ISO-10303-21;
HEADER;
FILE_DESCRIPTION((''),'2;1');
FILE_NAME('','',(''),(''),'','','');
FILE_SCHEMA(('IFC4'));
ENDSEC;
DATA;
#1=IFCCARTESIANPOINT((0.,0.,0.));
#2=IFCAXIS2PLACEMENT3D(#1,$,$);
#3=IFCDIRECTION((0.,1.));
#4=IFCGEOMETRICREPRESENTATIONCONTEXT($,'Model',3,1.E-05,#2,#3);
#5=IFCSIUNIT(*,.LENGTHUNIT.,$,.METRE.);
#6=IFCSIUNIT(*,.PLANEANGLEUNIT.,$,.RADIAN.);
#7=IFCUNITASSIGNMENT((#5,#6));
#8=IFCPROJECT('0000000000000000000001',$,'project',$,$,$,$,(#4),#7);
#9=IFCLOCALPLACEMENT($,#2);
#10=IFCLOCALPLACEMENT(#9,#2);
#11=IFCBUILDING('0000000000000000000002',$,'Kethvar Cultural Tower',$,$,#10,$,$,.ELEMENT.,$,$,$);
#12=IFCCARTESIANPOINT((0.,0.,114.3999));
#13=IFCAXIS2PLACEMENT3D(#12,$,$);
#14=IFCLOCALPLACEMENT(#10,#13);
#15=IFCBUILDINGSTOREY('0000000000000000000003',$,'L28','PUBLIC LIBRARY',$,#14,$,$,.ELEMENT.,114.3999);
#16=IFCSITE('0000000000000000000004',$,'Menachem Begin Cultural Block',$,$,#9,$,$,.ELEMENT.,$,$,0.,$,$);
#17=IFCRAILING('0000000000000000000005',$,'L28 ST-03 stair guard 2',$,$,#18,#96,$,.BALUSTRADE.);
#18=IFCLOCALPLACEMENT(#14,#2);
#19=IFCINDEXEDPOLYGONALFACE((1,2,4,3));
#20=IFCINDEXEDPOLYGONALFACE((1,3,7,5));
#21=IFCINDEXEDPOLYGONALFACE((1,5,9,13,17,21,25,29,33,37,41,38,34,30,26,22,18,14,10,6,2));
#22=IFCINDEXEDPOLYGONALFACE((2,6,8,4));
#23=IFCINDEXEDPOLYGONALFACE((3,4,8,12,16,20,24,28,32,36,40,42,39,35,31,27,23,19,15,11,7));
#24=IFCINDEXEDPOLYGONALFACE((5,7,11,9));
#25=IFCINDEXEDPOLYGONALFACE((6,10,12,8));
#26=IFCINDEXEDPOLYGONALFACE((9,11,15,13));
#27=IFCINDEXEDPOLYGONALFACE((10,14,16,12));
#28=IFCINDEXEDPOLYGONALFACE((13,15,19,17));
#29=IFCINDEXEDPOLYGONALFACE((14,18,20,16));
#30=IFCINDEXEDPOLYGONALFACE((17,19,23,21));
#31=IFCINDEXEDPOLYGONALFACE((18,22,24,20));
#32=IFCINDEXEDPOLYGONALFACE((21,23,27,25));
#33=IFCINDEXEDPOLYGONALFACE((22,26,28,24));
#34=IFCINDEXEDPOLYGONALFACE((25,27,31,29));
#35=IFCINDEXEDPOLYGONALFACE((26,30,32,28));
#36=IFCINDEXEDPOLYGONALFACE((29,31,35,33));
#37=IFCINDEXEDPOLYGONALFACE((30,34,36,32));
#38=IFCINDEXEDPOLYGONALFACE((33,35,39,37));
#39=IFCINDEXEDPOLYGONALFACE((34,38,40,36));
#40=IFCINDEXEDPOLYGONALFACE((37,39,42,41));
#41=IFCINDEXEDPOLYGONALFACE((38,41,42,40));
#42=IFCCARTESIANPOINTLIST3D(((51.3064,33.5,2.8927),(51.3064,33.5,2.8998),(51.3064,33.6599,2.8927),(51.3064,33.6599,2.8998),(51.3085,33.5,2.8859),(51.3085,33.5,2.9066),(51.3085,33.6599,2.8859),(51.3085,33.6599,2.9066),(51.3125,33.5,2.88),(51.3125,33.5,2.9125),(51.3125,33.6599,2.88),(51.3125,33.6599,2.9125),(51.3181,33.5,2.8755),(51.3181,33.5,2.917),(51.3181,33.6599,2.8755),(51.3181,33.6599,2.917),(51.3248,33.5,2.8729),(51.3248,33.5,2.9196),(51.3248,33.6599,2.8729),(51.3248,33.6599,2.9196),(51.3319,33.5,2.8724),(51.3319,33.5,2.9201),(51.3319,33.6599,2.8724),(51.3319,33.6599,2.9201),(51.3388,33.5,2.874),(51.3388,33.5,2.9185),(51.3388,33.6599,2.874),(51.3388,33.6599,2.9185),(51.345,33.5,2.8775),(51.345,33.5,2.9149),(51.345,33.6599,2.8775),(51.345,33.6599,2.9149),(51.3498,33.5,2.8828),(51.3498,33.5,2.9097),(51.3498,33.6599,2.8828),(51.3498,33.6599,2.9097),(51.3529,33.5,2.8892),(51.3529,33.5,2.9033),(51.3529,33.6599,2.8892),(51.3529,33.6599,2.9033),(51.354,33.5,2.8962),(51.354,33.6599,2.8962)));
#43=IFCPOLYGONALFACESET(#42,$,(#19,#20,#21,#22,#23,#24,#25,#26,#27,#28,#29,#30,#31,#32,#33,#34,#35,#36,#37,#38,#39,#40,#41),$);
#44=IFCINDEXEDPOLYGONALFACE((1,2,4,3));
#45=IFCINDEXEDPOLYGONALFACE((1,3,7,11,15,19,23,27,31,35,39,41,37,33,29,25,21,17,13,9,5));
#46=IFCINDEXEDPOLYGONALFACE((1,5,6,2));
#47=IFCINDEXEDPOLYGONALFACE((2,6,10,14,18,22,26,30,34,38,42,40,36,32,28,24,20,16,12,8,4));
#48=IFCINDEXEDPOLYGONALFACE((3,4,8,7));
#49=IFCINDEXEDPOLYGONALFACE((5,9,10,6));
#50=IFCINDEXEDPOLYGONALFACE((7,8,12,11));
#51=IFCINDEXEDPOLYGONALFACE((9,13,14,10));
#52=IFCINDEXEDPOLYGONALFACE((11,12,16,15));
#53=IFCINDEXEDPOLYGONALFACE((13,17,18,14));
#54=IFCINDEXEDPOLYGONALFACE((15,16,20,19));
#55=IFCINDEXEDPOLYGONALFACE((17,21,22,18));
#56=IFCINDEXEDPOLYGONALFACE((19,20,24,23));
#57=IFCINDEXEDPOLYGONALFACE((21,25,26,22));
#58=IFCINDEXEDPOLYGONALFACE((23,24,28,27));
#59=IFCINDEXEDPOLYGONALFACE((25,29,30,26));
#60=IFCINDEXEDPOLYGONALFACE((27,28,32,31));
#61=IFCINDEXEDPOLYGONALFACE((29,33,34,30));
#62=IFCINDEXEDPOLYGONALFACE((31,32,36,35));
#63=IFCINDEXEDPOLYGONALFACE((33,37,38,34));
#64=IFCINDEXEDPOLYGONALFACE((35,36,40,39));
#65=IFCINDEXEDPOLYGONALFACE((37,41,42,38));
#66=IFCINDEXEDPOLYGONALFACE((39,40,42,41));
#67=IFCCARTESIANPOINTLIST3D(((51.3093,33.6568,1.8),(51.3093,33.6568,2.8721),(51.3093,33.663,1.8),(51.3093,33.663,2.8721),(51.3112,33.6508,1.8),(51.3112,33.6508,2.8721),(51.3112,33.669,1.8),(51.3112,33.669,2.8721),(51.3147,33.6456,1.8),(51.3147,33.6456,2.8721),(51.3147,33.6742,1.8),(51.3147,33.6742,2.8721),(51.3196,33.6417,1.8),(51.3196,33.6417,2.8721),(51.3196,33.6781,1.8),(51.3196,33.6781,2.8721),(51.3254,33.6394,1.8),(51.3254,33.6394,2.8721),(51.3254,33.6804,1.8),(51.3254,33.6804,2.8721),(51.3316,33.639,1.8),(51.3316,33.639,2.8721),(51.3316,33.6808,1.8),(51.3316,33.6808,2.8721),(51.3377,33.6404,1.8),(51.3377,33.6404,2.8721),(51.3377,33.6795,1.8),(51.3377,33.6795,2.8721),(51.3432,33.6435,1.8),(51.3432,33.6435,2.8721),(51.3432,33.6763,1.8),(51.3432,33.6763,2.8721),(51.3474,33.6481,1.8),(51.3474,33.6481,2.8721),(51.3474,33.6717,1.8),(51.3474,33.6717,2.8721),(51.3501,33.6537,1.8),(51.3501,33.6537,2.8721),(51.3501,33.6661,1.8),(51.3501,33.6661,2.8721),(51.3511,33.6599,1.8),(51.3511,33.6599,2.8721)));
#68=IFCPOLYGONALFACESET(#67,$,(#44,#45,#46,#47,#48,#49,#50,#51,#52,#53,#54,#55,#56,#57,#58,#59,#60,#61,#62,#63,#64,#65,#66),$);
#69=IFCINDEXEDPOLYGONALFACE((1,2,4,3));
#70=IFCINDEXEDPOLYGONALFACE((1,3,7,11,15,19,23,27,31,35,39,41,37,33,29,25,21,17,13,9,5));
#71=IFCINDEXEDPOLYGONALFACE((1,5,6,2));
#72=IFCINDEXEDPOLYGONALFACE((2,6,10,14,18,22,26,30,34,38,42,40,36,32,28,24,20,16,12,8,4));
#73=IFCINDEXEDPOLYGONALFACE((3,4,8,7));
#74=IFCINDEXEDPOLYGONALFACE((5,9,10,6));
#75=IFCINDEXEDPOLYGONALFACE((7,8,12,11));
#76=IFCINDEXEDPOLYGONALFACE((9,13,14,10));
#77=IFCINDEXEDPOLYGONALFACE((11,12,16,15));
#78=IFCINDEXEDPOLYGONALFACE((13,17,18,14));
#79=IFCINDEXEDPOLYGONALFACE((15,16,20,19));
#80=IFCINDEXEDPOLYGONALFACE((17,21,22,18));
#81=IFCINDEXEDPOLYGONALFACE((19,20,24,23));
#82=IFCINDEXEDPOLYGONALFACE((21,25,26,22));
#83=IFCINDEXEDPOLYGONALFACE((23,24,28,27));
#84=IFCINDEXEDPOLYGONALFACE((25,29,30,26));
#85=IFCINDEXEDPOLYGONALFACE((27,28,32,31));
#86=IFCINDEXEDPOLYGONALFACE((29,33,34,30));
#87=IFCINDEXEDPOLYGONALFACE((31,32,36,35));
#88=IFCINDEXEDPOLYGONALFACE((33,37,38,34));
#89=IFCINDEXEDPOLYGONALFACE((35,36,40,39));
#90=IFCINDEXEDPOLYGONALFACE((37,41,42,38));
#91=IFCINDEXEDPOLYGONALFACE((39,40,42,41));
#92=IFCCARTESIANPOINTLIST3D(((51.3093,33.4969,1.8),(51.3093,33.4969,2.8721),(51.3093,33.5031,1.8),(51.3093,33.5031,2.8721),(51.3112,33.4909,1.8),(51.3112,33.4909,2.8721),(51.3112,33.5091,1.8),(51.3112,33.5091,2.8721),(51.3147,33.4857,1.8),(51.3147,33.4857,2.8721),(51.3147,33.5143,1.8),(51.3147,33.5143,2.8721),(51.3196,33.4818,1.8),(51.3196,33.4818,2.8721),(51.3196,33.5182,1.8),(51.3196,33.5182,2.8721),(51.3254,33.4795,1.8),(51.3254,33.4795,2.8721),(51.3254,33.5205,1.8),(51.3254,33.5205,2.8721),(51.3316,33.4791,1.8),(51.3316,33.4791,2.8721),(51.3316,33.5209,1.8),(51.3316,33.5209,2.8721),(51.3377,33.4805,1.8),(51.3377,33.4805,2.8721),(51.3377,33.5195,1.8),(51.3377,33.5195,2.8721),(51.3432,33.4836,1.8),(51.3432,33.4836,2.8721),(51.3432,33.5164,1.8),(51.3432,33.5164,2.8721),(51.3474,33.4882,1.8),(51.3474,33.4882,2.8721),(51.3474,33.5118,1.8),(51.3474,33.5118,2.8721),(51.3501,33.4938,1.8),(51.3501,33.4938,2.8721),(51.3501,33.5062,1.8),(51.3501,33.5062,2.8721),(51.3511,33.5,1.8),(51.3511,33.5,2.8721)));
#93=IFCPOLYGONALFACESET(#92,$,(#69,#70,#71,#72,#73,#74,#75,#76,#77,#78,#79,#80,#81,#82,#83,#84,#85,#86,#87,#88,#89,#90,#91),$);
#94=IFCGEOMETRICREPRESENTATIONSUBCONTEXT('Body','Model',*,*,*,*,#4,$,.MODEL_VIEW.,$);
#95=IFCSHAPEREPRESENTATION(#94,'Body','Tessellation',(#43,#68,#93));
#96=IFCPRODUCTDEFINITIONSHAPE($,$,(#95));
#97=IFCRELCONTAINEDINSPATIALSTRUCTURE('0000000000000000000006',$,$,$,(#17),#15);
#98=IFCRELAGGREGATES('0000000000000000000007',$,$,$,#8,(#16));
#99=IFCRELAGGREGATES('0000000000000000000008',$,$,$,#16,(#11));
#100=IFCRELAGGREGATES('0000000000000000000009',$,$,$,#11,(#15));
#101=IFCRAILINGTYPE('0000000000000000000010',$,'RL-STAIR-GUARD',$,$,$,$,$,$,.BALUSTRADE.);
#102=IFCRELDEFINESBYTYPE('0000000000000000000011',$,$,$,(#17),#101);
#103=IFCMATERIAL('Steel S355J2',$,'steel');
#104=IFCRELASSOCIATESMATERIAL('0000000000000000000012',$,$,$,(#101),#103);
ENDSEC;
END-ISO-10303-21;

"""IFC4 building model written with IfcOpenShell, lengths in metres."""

from ifc_helpers import new_model, si_unit, direction, frame, origin, origin_2d, place, context, subcontext, project, spatial, circle, extrude, material, type_object, element, save


model = new_model("IFC4")

# Units and contexts
model_context = context("Model", 3, precision=1e-05, world=origin(), true_north=direction((0.0, 1.0)))
body_context = subcontext(model_context, "Body", "Model", "MODEL_VIEW")
ifc_project = project(units=[si_unit("LENGTHUNIT", "METRE"), si_unit("PLANEANGLEUNIT", "RADIAN")], contexts=[model_context])

# Site, building, storey
site_placement = place(None, origin())
site = spatial("IfcSite", under=ifc_project, at=site_placement, Name="Menachem Begin Cultural Block", CompositionType="ELEMENT", RefElevation=0.0)
building_placement = place(site_placement, origin())
building = spatial("IfcBuilding", under=site, at=building_placement, Name="Kethvar Cultural Tower", CompositionType="ELEMENT")
storey_placement = place(building_placement, frame((0.0, 0.0, 114.3999)))
storey = spatial("IfcBuildingStorey", under=building, at=storey_placement, Name="L28", Description="PUBLIC LIBRARY", CompositionType="ELEMENT", Elevation=114.3999)

# Shared definitions
ifc_material_1 = material(Name="Steel S355J2", Category="steel")

# Railing
railing_type_1 = type_object("IfcRailingType", Name="RL-STAIR-GUARD", PredefinedType="BALUSTRADE", material=ifc_material_1)
railing_1_placement = place(storey_placement, frame((51.3301, 33.6599, 1.8)))
element("IfcRailing", 1, at=railing_1_placement, inside=storey, type_object=railing_type_1, Name="L28 ST-03 stair guard 2", PredefinedType="BALUSTRADE", context=body_context, shape_type="SweptSolid", body=[
    extrude(circle(Radius=0.0239, at=origin_2d()), frame((0.0, 0.0, 1.0962), z_axis=(0.0, -1.0, 0.0), x_axis=(1.0, 0.0, 0.0)), (0.0, 0.0, 1.0), 0.1599),
    extrude(circle(Radius=0.021, at=origin_2d()), origin(), (0.0, 0.0, 1.0), 1.072),
    extrude(circle(Radius=0.021, at=origin_2d()), frame((0.0, -0.1599, 0.0)), (0.0, 0.0, 1.0), 1.072),
])

save(model, "model.ifc")
